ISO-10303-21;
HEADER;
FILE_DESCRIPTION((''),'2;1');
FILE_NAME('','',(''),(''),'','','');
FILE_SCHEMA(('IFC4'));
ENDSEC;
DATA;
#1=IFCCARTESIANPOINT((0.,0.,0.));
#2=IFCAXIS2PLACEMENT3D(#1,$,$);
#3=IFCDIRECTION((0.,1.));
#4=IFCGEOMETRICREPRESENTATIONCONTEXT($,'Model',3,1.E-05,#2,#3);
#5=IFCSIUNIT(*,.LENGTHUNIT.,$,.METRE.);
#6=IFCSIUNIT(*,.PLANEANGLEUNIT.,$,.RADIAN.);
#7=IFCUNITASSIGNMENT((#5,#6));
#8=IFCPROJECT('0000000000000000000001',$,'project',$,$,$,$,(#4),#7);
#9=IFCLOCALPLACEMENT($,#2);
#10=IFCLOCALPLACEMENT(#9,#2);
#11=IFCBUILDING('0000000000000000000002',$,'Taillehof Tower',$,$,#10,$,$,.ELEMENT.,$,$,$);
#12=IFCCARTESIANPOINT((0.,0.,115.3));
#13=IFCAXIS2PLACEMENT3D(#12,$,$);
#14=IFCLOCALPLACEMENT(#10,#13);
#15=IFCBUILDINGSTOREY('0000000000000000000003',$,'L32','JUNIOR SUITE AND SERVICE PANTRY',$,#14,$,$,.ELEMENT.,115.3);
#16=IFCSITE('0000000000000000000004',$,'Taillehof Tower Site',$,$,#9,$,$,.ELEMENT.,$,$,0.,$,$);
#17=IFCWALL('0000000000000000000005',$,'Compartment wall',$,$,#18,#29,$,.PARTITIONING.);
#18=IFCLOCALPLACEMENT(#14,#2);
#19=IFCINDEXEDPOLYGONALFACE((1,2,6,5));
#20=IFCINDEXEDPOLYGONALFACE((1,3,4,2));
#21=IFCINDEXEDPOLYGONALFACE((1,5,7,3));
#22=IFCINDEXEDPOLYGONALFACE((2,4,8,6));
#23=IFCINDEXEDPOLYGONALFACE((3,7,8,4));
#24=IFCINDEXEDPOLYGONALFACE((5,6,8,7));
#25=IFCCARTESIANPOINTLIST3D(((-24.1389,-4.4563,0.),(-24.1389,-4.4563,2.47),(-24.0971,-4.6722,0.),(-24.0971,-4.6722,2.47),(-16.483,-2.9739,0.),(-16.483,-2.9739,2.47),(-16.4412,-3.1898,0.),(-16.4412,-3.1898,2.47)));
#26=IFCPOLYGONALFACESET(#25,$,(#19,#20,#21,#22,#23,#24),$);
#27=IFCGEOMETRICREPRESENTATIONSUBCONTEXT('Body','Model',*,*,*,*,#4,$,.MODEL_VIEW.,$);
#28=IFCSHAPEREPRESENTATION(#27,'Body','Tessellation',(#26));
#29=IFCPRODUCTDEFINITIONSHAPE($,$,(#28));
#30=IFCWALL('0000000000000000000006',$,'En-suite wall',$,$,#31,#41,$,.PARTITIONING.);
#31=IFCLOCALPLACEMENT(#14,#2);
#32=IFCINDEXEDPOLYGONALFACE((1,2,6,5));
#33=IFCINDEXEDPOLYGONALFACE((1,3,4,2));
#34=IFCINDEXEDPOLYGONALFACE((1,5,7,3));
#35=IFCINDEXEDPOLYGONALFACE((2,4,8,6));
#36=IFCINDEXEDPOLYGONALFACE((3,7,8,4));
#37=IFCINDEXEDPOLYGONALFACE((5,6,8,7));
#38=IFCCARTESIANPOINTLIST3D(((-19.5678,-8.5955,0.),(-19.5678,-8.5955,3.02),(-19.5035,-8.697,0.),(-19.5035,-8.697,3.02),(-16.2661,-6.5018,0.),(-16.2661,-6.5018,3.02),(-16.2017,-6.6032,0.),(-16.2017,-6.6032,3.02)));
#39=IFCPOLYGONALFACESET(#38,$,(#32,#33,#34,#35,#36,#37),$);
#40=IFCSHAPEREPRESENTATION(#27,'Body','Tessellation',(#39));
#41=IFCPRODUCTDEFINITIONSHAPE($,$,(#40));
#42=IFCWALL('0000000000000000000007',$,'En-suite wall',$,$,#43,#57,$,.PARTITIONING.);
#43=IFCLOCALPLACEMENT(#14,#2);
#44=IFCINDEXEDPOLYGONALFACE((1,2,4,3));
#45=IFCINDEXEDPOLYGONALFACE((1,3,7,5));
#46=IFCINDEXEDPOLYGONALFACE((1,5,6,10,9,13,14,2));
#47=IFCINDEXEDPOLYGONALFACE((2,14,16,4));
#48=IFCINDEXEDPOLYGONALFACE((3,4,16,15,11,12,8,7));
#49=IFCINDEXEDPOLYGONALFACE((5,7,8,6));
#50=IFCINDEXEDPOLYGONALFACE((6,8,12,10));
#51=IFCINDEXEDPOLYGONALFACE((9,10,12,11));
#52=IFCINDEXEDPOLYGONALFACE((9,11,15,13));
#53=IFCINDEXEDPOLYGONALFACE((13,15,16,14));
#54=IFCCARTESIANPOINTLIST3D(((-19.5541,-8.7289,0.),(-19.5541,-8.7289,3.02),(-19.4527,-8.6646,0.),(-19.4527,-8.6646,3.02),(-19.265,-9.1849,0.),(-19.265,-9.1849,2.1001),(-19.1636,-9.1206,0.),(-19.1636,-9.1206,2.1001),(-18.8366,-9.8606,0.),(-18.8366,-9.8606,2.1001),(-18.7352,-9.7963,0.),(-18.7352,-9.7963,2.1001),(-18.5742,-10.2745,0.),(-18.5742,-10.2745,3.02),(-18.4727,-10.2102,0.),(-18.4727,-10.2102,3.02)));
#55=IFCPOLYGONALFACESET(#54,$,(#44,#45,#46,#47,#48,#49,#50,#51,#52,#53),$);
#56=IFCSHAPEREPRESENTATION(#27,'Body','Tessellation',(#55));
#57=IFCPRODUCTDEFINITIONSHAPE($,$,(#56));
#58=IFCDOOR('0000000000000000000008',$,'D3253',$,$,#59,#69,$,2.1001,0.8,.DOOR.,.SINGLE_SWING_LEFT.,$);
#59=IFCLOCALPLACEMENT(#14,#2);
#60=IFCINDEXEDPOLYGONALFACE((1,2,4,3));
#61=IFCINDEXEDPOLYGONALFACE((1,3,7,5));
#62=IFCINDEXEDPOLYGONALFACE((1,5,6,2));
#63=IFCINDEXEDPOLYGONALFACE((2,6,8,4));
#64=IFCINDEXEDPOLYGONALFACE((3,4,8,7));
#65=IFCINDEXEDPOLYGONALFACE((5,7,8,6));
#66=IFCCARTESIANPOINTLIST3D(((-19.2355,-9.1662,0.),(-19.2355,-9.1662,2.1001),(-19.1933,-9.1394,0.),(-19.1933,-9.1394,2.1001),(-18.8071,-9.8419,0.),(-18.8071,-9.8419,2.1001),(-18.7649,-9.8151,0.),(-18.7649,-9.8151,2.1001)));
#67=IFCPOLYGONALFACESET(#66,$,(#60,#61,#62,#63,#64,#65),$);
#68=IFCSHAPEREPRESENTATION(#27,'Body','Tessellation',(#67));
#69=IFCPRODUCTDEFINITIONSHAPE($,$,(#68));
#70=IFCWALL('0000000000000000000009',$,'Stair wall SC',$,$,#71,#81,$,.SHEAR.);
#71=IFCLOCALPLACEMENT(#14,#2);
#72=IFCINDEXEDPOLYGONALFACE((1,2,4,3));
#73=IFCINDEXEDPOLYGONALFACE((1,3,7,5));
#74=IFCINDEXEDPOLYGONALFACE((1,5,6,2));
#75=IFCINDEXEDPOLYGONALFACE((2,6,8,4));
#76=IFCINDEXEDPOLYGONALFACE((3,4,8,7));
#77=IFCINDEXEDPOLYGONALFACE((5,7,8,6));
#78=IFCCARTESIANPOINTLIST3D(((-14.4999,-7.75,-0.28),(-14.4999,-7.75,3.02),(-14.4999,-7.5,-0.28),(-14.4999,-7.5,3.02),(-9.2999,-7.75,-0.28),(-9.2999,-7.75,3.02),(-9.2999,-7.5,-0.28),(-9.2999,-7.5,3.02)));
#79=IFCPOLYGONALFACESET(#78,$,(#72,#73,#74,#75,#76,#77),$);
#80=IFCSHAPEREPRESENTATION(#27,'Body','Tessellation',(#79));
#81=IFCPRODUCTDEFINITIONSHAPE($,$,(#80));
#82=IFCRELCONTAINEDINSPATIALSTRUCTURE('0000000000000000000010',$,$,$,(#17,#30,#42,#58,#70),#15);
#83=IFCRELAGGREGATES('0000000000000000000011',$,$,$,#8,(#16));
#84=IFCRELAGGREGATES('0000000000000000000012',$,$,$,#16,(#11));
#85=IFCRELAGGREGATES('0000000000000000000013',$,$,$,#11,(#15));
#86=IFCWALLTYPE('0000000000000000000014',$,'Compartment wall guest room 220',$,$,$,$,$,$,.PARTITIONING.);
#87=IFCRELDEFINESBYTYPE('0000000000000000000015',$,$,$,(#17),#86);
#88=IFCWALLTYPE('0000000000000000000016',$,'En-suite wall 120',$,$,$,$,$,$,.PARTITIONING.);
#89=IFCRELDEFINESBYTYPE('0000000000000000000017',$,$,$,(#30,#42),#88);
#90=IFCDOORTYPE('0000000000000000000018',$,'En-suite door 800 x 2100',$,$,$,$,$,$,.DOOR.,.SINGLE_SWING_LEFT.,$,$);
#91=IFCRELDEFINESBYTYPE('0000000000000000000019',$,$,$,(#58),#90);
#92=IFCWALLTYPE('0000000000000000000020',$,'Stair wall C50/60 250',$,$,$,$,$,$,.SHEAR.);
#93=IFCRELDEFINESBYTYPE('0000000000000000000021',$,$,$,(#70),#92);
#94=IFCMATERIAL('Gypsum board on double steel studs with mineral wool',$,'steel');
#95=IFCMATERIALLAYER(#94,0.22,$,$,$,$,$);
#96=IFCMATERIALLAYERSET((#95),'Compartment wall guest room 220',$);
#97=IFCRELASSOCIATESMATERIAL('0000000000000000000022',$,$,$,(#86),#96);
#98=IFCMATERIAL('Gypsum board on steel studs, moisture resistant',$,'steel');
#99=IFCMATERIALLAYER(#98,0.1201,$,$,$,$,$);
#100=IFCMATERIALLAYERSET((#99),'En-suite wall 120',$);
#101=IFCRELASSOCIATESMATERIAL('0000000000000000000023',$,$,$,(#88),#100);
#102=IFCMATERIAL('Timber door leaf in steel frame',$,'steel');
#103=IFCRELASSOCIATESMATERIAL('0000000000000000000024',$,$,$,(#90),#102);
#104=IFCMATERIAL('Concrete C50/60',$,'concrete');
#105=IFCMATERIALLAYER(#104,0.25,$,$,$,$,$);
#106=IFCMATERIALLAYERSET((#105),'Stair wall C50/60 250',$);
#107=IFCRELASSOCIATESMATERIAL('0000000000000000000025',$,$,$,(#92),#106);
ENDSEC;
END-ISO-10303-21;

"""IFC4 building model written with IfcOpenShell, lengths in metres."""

from ifc_helpers import new_model, si_unit, direction, frame, frame_2d, origin, place, context, subcontext, project, spatial, rectangle, extrude, material, layer, layer_set, type_object, element, fill, save


model = new_model("IFC4")

# Units and contexts
model_context = context("Model", 3, precision=1e-05, world=origin(), true_north=direction((0.0, 1.0)))
body_context = subcontext(model_context, "Body", "Model", "MODEL_VIEW")
ifc_project = project(units=[si_unit("LENGTHUNIT", "METRE"), si_unit("PLANEANGLEUNIT", "RADIAN")], contexts=[model_context])

# Site, building, storey
site_placement = place(None, origin())
site = spatial("IfcSite", under=ifc_project, at=site_placement, Name="Taillehof Tower Site", CompositionType="ELEMENT", RefElevation=0.0)
building_placement = place(site_placement, origin())
building = spatial("IfcBuilding", under=site, at=building_placement, Name="Taillehof Tower", CompositionType="ELEMENT")
storey_placement = place(building_placement, frame((0.0, 0.0, 115.3)))
storey = spatial("IfcBuildingStorey", under=building, at=storey_placement, Name="L32", Description="JUNIOR SUITE AND SERVICE PANTRY", CompositionType="ELEMENT", Elevation=115.3)

# Walls
ifc_material_1 = material(Name="Gypsum board on double steel studs with mineral wool", Category="steel")
ifc_layer_1 = layer(ifc_material_1, 0.22)
ifc_layer_set_1 = layer_set([ifc_layer_1], Name="Compartment wall guest room 220")
wall_type_1 = type_object("IfcWallType", Name="Compartment wall guest room 220", PredefinedType="PARTITIONING", material=ifc_layer_set_1)
wall_1_placement = place(storey_placement, frame((-24.1179, -4.5642, 0.0), z_axis=(0.0, 0.0, 1.0), x_axis=(0.981765, 0.190098, 0.0)))
element("IfcWall", 1, at=wall_1_placement, inside=storey, type_object=wall_type_1, Name="Compartment wall", PredefinedType="PARTITIONING", context=body_context, shape_type="SweptSolid", body=[
    extrude(rectangle(XDim=7.7981, YDim=0.22, at=frame_2d((3.8989, 0.0))), origin(), (0.0, 0.0, 1.0), 2.47),
])
ifc_material_2 = material(Name="Gypsum board on steel studs, moisture resistant", Category="steel")
ifc_layer_2 = layer(ifc_material_2, 0.1201)
ifc_layer_set_2 = layer_set([ifc_layer_2], Name="En-suite wall 120")
wall_type_2 = type_object("IfcWallType", Name="En-suite wall 120", PredefinedType="PARTITIONING", material=ifc_layer_set_2)
wall_2_placement = place(storey_placement, frame((-16.2339, -6.5525, 0.0), z_axis=(0.0, 0.0, 1.0), x_axis=(-0.844514, -0.535533, 0.0)))
element("IfcWall", 2, at=wall_2_placement, inside=storey, type_object=wall_type_2, Name="En-suite wall", PredefinedType="PARTITIONING", context=body_context, shape_type="SweptSolid", body=[
    extrude(rectangle(XDim=3.9097, YDim=0.1201, at=frame_2d((1.9548, 0.0))), origin(), (0.0, 0.0, 1.0), 3.02),
])

# Wall, opening, door
wall_3_placement = place(storey_placement, frame((-19.5034, -8.6968, 0.0), z_axis=(0.0, 0.0, 1.0), x_axis=(0.535468, -0.844556, 0.0)))
wall_3 = element("IfcWall", 3, at=wall_3_placement, inside=storey, type_object=wall_type_2, Name="En-suite wall", PredefinedType="PARTITIONING", context=body_context, shape_type="SweptSolid", body=[
    extrude(rectangle(XDim=1.8301, YDim=0.1201, at=frame_2d((0.915, 0.0))), origin(), (0.0, 0.0, 1.0), 3.02),
])
opening_1_placement = place(wall_3_placement, frame((0.54, 0.0, 0.0)))
opening_1 = element("IfcOpeningElement", 4, at=opening_1_placement, cuts=wall_3, PredefinedType="OPENING", context=body_context, shape_type="SweptSolid", body=[
    extrude(rectangle(XDim=0.8, YDim=2.1001, at=frame_2d((0.3999, 1.05))), frame((0.0, 0.0701, 0.0), z_axis=(0.0, -1.0, 0.0), x_axis=(1.0, 0.0, 0.0)), (0.0, 0.0, 1.0), 0.1401),
])
ifc_material_3 = material(Name="Timber door leaf in steel frame", Category="steel")
door_type_1 = type_object("IfcDoorType", Name="En-suite door 800 x 2100", OperationType="SINGLE_SWING_LEFT", PredefinedType="DOOR", material=ifc_material_3)
door_1_placement = place(opening_1_placement, origin())
door_1 = element("IfcDoor", 5, at=door_1_placement, inside=storey, type_object=door_type_1, Name="D3253", OperationType="SINGLE_SWING_LEFT", OverallHeight=2.1001, OverallWidth=0.8, PredefinedType="DOOR", context=body_context, shape_type="SweptSolid", body=[
    extrude(rectangle(XDim=0.8, YDim=2.1001, at=frame_2d((0.3999, 1.05))), frame((0.0, 0.0249, 0.0), z_axis=(0.0, -1.0, 0.0), x_axis=(1.0, 0.0, 0.0)), (0.0, 0.0, 1.0), 0.05),
])
fill(opening_1, door_1)

# Wall
ifc_material_4 = material(Name="Concrete C50/60", Category="concrete")
ifc_layer_3 = layer(ifc_material_4, 0.25)
ifc_layer_set_3 = layer_set([ifc_layer_3], Name="Stair wall C50/60 250")
wall_type_3 = type_object("IfcWallType", Name="Stair wall C50/60 250", PredefinedType="SHEAR", material=ifc_layer_set_3)
wall_4_placement = place(storey_placement, frame((-14.5, -7.625, -0.28), z_axis=(0.0, 0.0, 1.0), x_axis=(1.0, 0.0, 0.0)))
element("IfcWall", 6, at=wall_4_placement, inside=storey, type_object=wall_type_3, Name="Stair wall SC", PredefinedType="SHEAR", context=body_context, shape_type="SweptSolid", body=[
    extrude(rectangle(XDim=5.2, YDim=0.25, at=frame_2d((2.6001, 0.0))), origin(), (0.0, 0.0, 1.0), 3.3),
])

save(model, "model.ifc")
